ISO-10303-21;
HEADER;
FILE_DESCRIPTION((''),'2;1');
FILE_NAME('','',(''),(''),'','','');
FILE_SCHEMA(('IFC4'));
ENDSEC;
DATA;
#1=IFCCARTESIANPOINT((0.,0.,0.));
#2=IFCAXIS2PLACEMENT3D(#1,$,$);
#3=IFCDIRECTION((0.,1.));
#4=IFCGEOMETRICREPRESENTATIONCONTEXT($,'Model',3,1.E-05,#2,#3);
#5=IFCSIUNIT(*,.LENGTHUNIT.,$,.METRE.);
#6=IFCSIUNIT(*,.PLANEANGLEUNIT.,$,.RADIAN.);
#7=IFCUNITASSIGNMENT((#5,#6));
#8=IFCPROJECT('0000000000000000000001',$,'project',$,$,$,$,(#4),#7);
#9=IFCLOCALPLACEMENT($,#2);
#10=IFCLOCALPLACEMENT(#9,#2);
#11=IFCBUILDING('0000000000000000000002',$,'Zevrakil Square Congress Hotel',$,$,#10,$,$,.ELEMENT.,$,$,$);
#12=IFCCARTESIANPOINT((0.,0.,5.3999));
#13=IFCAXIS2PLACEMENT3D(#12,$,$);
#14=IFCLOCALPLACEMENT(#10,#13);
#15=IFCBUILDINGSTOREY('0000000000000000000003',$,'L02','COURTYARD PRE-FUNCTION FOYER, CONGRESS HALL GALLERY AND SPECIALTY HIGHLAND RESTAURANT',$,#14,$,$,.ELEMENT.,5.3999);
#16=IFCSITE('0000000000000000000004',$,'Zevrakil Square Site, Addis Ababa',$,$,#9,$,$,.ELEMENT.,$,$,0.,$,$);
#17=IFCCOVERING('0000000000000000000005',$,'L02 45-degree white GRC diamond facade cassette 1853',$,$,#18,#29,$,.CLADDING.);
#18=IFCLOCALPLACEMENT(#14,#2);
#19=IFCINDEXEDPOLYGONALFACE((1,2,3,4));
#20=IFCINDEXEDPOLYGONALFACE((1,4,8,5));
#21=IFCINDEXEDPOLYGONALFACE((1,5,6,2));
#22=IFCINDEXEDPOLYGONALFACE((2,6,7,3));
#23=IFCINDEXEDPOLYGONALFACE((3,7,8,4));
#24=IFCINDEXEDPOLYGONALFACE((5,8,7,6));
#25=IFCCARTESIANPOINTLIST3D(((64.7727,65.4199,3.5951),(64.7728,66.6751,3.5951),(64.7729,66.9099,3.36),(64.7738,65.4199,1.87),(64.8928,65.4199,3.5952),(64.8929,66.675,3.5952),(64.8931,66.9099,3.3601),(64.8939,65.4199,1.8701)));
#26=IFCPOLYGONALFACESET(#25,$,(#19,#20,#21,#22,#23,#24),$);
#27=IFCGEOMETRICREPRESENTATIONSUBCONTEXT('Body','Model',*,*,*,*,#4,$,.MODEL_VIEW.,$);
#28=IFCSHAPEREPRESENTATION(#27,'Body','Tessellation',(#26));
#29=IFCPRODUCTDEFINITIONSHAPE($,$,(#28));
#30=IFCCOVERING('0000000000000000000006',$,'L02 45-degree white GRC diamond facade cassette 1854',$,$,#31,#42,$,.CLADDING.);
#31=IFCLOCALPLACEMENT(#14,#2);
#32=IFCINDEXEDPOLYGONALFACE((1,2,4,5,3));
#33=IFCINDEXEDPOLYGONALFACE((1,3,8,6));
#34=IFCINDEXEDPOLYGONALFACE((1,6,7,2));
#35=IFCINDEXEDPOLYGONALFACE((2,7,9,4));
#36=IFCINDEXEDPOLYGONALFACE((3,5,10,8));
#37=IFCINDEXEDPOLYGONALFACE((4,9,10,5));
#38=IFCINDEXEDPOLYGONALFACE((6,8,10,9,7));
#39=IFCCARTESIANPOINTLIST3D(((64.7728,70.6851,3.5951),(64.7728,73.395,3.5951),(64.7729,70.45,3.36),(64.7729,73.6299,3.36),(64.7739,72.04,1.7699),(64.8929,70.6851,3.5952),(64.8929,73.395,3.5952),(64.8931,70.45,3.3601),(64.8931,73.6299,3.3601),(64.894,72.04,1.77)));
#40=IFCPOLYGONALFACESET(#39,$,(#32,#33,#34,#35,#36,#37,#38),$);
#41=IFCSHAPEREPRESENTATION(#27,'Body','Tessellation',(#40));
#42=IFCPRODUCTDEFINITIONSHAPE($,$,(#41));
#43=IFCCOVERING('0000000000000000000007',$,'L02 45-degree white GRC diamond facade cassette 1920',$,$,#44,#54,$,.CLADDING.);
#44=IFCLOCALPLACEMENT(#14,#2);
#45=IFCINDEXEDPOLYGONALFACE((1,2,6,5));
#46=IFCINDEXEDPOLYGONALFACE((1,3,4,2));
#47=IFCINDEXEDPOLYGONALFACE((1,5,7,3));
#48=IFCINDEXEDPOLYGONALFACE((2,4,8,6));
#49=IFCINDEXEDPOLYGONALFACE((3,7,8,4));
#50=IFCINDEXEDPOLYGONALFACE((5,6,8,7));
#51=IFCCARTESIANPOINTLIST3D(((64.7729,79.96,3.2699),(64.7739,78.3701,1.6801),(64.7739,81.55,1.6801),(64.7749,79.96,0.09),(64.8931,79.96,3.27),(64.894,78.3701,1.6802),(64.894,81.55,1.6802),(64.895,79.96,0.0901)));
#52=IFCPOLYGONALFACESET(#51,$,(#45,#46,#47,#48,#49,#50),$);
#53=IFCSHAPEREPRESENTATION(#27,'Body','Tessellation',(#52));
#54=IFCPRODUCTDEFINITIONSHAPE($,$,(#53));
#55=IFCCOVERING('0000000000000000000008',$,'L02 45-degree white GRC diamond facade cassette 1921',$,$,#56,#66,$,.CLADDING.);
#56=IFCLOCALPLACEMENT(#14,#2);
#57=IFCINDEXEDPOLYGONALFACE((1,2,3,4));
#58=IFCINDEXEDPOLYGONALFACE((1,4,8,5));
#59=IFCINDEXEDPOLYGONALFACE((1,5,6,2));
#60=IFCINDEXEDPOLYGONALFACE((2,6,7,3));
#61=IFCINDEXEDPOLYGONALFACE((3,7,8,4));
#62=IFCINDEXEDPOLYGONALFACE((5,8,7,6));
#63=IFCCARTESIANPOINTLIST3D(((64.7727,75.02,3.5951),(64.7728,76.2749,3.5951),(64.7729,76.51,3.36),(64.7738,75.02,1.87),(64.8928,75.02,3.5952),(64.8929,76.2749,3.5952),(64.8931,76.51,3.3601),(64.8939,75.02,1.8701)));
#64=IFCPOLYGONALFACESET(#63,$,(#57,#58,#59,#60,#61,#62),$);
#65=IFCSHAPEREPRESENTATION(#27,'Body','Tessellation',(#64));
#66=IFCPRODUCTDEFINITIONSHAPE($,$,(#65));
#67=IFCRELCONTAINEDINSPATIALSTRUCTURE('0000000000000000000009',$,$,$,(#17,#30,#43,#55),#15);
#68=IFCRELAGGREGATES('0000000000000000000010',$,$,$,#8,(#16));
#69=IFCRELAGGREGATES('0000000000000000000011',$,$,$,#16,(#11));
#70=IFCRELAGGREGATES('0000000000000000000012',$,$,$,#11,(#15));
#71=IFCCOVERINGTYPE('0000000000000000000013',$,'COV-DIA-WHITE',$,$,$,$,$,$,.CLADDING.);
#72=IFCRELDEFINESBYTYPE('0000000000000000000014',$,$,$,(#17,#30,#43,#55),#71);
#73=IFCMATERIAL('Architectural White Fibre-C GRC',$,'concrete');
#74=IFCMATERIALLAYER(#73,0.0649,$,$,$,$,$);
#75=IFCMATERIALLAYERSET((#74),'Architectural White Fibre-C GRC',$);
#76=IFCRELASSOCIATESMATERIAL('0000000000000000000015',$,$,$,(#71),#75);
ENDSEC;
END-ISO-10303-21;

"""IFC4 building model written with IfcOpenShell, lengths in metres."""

from ifc_helpers import new_model, si_unit, direction, frame, origin, place, context, subcontext, project, spatial, polyline, outline, extrude, material, layer, layer_set, type_object, element, save


model = new_model("IFC4")

# Units and contexts
model_context = context("Model", 3, precision=1e-05, world=origin(), true_north=direction((0.0, 1.0)))
body_context = subcontext(model_context, "Body", "Model", "MODEL_VIEW")
ifc_project = project(units=[si_unit("LENGTHUNIT", "METRE"), si_unit("PLANEANGLEUNIT", "RADIAN")], contexts=[model_context])

# Site, building, storey
site_placement = place(None, origin())
site = spatial("IfcSite", under=ifc_project, at=site_placement, Name="Zevrakil Square Site, Addis Ababa", CompositionType="ELEMENT", RefElevation=0.0)
building_placement = place(site_placement, origin())
building = spatial("IfcBuilding", under=site, at=building_placement, Name="Zevrakil Square Congress Hotel", CompositionType="ELEMENT")
storey_placement = place(building_placement, frame((0.0, 0.0, 5.3999)))
storey = spatial("IfcBuildingStorey", under=building, at=storey_placement, Name="L02", Description="COURTYARD PRE-FUNCTION FOYER, CONGRESS HALL GALLERY AND SPECIALTY HIGHLAND RESTAURANT", CompositionType="ELEMENT", Elevation=5.3999)

# Coverings
ifc_material_1 = material(Name="Architectural White Fibre-C GRC", Category="concrete")
ifc_layer_1 = layer(ifc_material_1, 0.0649)
ifc_layer_set_1 = layer_set([ifc_layer_1], Name="Architectural White Fibre-C GRC")
covering_type = type_object("IfcCoveringType", Name="COV-DIA-WHITE", PredefinedType="CLADDING", material=ifc_layer_set_1)
covering_1_placement = place(storey_placement, frame((64.8931, 66.9099, 3.3601), z_axis=(1.0, -0.000067, 0.000615), x_axis=(0.000387, -0.707107, -0.707107)))
element("IfcCovering", 1, at=covering_1_placement, inside=storey, type_object=covering_type, Name="L02 45-degree white GRC diamond facade cassette 1853", PredefinedType="CLADDING", context=body_context, shape_type="SweptSolid", body=[
    extrude(outline(polyline([(0.0, 0.0), (2.1072, 0.0), (0.8873, -1.2198), (-0.0002, -0.3323), (0.0, 0.0)])), origin(), (0.0, 0.0, -1.0), 0.1201),
])
covering_2_placement = place(storey_placement, frame((64.8931, 73.6299, 3.3601), z_axis=(1.0, 0.0, 0.000585), x_axis=(0.000414, -0.707052, -0.707161)))
element("IfcCovering", 2, at=covering_2_placement, inside=storey, type_object=covering_type, Name="L02 45-degree white GRC diamond facade cassette 1854", PredefinedType="CLADDING", context=body_context, shape_type="SweptSolid", body=[
    extrude(outline(polyline([(0.0, 0.0), (2.2486, 0.0), (2.2484, -2.2487), (1.9159, -2.2487), (-0.0002, -0.3323), (0.0, 0.0)])), origin(), (0.0, 0.0, -1.0), 0.1201),
])
covering_3_placement = place(storey_placement, frame((64.8931, 79.96, 3.27), z_axis=(1.0, 0.0, 0.000614), x_axis=(0.000434, 0.707161, -0.707052)))
element("IfcCovering", 3, at=covering_3_placement, inside=storey, type_object=covering_type, Name="L02 45-degree white GRC diamond facade cassette 1920", PredefinedType="CLADDING", context=body_context, shape_type="SweptSolid", body=[
    extrude(outline(polyline([(0.0, 0.0), (2.2486, 0.0), (2.2484, -2.2487), (-0.0002, -2.2484), (0.0, 0.0)])), origin(), (0.0, 0.0, -1.0), 0.1201),
])
covering_4_placement = place(storey_placement, frame((64.8931, 76.51, 3.3601), z_axis=(1.0, -0.000067, 0.000615), x_axis=(0.000387, -0.707107, -0.707107)))
element("IfcCovering", 4, at=covering_4_placement, inside=storey, type_object=covering_type, Name="L02 45-degree white GRC diamond facade cassette 1921", PredefinedType="CLADDING", context=body_context, shape_type="SweptSolid", body=[
    extrude(outline(polyline([(0.0, 0.0), (2.1072, 0.0), (0.8873, -1.2198), (0.0, -0.3325), (0.0, 0.0)])), origin(), (0.0, 0.0, -1.0), 0.1201),
])

save(model, "model.ifc")
